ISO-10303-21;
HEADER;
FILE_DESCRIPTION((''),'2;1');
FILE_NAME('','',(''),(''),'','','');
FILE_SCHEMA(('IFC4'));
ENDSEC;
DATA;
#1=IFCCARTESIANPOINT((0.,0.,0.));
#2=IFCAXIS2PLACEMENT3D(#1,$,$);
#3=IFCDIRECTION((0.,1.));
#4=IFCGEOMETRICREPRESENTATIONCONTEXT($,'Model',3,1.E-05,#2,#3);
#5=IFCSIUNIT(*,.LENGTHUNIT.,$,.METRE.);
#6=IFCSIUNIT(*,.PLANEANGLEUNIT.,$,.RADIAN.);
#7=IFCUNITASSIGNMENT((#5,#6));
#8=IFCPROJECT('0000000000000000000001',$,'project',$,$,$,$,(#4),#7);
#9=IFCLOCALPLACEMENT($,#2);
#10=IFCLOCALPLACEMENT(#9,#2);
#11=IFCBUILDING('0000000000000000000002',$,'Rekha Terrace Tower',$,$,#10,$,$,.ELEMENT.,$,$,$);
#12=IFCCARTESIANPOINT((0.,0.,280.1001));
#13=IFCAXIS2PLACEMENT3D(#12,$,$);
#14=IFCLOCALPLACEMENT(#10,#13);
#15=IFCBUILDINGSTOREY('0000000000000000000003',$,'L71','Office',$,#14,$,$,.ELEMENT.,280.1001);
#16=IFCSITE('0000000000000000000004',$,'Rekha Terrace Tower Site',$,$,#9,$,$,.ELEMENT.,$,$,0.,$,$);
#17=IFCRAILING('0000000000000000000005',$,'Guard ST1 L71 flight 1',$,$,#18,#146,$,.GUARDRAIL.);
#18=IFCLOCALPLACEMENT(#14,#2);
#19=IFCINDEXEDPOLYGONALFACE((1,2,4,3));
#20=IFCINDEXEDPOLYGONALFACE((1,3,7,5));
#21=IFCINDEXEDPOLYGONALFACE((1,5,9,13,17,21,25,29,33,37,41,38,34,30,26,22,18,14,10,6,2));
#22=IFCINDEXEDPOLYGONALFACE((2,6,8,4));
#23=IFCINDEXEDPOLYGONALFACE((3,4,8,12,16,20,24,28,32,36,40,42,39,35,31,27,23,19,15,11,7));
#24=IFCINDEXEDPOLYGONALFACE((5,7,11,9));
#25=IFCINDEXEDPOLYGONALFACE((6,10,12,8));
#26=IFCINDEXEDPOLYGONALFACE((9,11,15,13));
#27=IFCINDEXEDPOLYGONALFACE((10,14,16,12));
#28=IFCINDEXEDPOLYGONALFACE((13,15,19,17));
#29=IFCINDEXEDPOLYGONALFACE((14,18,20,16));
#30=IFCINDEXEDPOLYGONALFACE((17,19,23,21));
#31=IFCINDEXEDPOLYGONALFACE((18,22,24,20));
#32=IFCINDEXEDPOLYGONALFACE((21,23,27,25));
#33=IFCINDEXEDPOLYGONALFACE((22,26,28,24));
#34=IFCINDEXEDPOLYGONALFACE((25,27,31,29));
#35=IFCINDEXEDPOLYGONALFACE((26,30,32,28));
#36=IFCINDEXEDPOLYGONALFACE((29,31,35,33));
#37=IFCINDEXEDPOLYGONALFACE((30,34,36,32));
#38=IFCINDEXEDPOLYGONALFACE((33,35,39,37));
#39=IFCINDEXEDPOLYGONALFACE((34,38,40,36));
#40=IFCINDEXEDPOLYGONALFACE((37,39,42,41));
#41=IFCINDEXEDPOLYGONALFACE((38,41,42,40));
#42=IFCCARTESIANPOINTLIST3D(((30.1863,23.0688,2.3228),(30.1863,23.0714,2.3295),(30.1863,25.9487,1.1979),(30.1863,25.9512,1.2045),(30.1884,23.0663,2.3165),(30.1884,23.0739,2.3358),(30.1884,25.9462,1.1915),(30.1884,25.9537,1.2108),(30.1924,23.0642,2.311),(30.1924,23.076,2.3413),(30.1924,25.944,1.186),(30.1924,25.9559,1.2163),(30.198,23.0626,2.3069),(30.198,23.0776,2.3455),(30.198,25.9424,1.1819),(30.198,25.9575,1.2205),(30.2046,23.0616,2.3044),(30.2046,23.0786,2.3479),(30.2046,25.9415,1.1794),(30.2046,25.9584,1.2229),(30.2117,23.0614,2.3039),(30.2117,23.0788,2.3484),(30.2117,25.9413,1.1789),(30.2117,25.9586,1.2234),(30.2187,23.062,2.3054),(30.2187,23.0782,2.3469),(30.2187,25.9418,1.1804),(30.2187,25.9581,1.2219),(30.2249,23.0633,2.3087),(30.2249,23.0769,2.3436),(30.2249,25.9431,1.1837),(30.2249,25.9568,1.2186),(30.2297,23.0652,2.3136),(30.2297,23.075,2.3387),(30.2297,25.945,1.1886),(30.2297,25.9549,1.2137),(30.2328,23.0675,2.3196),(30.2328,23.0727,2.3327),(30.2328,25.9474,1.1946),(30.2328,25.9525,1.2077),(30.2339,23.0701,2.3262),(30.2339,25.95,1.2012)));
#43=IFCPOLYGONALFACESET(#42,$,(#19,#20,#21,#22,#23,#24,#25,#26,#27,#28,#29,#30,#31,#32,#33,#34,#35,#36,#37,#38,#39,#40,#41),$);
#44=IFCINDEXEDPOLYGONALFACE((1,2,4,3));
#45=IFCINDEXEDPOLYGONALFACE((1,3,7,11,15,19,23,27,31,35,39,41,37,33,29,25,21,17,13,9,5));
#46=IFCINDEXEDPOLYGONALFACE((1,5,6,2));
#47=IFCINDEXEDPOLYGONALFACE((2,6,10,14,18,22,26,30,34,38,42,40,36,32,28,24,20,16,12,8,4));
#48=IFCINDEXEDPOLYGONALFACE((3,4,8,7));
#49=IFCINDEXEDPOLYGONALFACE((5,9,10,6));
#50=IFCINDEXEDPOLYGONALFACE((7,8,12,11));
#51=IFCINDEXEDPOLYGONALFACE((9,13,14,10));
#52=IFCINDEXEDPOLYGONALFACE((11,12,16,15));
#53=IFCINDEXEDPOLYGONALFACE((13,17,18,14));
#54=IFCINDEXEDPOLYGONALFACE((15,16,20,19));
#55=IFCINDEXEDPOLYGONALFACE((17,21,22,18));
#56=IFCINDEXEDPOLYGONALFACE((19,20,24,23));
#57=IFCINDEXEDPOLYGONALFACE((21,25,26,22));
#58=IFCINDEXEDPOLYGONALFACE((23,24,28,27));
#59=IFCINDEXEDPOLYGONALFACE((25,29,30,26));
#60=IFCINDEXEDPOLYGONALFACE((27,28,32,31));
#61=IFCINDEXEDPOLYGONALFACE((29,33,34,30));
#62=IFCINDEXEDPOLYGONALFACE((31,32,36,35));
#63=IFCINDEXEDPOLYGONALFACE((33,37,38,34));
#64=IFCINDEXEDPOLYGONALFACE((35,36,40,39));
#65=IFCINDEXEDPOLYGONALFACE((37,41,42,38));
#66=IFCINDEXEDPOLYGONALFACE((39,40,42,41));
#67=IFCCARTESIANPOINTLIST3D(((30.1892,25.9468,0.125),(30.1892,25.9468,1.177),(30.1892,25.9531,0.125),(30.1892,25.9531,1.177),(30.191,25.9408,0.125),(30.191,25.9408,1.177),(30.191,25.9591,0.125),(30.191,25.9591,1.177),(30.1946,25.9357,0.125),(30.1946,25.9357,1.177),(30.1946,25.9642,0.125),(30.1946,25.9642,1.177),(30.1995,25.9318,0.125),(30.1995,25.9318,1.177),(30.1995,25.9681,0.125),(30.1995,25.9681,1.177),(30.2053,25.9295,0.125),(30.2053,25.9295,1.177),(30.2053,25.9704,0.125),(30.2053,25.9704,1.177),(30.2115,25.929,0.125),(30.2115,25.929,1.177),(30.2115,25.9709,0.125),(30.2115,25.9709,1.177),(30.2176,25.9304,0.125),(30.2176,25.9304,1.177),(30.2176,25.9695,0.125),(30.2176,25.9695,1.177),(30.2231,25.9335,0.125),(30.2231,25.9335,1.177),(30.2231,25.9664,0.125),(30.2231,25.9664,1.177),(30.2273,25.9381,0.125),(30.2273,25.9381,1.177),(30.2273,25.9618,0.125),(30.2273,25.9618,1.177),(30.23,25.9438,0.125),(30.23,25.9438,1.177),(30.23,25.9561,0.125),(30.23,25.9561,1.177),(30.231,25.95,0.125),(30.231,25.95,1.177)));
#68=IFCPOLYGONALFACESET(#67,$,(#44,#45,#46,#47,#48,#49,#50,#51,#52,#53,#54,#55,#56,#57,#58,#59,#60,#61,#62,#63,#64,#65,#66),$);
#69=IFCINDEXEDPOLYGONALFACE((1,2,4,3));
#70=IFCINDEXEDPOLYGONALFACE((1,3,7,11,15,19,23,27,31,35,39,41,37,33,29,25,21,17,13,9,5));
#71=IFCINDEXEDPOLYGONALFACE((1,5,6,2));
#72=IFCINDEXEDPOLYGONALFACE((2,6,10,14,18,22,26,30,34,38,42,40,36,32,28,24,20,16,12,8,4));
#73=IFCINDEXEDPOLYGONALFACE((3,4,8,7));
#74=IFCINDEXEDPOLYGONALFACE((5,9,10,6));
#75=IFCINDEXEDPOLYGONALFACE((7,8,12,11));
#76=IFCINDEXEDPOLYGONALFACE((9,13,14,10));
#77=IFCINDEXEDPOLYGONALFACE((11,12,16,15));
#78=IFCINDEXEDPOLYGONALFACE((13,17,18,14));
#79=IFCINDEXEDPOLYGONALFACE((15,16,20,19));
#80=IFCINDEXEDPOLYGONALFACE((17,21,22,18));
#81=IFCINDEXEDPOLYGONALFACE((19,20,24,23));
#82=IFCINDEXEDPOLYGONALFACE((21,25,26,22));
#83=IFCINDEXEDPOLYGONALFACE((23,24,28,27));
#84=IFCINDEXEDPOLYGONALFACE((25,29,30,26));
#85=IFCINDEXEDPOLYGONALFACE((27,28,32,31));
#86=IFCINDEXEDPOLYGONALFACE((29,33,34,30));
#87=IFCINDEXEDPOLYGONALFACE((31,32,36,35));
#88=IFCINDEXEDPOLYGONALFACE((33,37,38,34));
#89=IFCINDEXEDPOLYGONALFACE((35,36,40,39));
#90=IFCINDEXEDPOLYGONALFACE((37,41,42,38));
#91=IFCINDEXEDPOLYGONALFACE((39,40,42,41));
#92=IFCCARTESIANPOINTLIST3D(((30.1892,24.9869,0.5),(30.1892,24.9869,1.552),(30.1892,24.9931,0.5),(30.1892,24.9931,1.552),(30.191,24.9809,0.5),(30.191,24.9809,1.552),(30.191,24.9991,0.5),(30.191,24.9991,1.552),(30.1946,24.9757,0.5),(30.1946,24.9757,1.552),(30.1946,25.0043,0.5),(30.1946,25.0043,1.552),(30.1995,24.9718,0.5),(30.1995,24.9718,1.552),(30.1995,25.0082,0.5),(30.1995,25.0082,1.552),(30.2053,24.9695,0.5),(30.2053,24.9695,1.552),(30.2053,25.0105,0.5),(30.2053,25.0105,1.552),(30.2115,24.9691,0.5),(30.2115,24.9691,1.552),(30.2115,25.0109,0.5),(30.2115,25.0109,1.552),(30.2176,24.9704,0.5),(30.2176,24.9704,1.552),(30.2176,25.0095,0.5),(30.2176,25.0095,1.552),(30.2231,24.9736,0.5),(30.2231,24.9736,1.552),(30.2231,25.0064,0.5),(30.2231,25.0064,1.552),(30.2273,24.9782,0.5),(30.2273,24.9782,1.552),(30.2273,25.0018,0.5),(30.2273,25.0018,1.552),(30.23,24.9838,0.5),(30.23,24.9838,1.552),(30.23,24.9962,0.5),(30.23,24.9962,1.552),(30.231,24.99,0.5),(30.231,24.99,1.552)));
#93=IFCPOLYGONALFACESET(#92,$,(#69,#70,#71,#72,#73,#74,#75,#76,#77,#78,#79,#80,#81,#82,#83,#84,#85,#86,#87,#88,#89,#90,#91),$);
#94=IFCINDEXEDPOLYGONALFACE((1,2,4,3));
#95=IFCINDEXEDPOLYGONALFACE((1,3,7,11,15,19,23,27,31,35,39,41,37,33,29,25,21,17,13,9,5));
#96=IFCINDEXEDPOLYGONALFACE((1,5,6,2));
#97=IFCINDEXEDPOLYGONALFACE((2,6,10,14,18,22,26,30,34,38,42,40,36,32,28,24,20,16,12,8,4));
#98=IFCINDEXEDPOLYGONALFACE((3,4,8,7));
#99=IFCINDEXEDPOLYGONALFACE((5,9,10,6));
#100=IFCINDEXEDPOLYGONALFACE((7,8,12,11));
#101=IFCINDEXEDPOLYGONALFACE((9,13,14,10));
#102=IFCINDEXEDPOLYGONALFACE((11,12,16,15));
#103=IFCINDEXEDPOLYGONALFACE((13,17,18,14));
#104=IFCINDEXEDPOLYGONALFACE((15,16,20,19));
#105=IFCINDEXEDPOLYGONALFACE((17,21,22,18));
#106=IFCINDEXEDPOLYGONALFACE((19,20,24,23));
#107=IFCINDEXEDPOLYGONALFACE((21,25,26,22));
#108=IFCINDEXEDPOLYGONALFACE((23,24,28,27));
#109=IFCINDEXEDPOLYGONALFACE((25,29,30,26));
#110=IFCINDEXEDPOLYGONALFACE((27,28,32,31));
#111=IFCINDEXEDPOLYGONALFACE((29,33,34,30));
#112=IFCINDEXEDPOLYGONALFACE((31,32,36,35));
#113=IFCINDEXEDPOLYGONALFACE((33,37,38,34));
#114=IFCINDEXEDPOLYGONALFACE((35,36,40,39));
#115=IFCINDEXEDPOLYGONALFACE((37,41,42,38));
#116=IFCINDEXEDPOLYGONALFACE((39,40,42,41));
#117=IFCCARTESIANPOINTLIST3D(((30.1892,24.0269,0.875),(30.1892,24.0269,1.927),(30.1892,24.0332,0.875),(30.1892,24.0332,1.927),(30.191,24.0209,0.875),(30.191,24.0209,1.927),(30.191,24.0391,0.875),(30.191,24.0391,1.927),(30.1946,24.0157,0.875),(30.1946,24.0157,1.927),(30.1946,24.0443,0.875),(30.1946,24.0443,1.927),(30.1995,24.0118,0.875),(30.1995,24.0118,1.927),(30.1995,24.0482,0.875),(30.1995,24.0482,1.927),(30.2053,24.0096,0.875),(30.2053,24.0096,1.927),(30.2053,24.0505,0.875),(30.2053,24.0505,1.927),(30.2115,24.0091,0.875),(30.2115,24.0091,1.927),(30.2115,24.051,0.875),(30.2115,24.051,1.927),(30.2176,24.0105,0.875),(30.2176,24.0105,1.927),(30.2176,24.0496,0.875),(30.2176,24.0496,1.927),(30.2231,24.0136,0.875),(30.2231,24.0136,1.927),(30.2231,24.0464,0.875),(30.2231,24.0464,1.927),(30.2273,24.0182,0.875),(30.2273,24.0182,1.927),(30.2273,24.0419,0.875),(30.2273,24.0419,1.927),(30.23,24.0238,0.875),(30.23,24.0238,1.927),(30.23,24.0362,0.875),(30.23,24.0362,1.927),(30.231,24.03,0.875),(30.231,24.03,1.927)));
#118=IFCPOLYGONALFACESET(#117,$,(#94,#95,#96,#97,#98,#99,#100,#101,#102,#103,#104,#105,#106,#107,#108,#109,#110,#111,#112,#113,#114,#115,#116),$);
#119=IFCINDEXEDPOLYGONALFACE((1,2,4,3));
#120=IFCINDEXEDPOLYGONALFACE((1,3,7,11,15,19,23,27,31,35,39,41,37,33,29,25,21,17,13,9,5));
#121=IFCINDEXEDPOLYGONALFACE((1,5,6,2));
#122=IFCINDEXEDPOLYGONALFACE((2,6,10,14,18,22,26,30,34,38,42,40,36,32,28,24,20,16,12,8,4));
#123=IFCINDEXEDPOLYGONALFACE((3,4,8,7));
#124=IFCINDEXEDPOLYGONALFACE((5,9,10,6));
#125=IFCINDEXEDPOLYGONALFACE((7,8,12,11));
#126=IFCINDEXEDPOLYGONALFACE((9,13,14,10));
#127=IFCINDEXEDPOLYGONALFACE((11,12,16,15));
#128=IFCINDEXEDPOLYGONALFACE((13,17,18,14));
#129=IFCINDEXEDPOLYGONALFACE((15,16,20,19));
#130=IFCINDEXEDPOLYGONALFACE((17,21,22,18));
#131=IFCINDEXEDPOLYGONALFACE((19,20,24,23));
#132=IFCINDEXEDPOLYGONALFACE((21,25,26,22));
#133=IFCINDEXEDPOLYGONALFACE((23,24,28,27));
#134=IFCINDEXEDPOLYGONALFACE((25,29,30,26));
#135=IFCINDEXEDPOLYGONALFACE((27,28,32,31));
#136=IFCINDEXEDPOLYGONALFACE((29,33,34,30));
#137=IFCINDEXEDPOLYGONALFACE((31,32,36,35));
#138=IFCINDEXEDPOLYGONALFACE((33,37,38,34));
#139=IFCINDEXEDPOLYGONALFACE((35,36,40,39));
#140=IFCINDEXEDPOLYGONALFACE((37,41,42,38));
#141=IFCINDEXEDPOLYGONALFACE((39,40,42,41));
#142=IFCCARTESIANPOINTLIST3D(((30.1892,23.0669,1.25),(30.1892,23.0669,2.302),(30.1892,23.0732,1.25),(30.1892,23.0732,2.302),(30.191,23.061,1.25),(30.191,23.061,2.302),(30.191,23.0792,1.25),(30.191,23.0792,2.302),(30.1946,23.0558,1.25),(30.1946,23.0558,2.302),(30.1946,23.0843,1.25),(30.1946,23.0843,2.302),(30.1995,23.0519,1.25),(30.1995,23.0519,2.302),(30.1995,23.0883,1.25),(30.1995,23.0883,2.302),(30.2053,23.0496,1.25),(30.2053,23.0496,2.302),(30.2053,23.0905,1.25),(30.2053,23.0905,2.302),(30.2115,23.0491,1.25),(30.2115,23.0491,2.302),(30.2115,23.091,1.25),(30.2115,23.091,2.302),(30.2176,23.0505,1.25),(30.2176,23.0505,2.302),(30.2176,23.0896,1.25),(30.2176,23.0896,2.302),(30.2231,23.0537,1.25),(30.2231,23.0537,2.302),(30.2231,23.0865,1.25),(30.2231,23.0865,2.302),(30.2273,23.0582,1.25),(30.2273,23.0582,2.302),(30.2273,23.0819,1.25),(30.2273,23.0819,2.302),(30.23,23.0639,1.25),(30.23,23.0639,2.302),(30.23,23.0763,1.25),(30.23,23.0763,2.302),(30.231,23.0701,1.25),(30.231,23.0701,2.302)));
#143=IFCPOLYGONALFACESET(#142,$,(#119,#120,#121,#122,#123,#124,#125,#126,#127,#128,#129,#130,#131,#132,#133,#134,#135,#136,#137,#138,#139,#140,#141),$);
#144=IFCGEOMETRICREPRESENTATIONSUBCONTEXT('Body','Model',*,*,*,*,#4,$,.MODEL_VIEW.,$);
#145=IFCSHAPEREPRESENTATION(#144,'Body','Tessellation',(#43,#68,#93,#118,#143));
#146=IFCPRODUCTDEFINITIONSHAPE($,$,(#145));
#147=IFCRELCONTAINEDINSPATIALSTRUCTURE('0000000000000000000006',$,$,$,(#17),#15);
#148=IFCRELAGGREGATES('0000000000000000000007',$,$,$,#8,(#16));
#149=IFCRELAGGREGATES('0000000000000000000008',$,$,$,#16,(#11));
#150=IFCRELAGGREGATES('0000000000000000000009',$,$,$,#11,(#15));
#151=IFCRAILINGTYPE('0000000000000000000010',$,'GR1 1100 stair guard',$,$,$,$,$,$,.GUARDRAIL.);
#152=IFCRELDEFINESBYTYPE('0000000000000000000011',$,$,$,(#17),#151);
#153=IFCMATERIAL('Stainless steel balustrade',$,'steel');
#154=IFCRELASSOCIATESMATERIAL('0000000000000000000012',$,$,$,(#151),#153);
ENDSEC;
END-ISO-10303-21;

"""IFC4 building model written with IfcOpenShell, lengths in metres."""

from ifc_helpers import new_model, si_unit, direction, frame, origin, origin_2d, place, context, subcontext, project, spatial, circle, extrude, material, type_object, element, save


model = new_model("IFC4")

# Units and contexts
model_context = context("Model", 3, precision=1e-05, world=origin(), true_north=direction((0.0, 1.0)))
body_context = subcontext(model_context, "Body", "Model", "MODEL_VIEW")
ifc_project = project(units=[si_unit("LENGTHUNIT", "METRE"), si_unit("PLANEANGLEUNIT", "RADIAN")], contexts=[model_context])

# Site, building, storey
site_placement = place(None, origin())
site = spatial("IfcSite", under=ifc_project, at=site_placement, Name="Rekha Terrace Tower Site", CompositionType="ELEMENT", RefElevation=0.0)
building_placement = place(site_placement, origin())
building = spatial("IfcBuilding", under=site, at=building_placement, Name="Rekha Terrace Tower", CompositionType="ELEMENT")
storey_placement = place(building_placement, frame((0.0, 0.0, 280.1001)))
storey = spatial("IfcBuildingStorey", under=building, at=storey_placement, Name="L71", Description="Office", CompositionType="ELEMENT", Elevation=280.1001)

# Railing
ifc_material_1 = material(Name="Stainless steel balustrade", Category="steel")
railing_type_1 = type_object("IfcRailingType", Name="GR1 1100 stair guard", PredefinedType="GUARDRAIL", material=ifc_material_1)
railing_1_placement = place(storey_placement, frame((30.21, 25.95, 0.125)))
element("IfcRailing", 1, at=railing_1_placement, inside=storey, type_object=railing_type_1, Name="Guard ST1 L71 flight 1", PredefinedType="GUARDRAIL", context=body_context, shape_type="SweptSolid", body=[
    extrude(circle(Radius=0.0239, at=origin_2d()), frame((0.0, 0.0, 1.0762), z_axis=(0.0, -0.931452, 0.363863), x_axis=(1.0, 0.0, 0.0)), (0.0, 0.0, 1.0), 3.0918),
    extrude(circle(Radius=0.021, at=origin_2d()), origin(), (0.0, 0.0, 1.0), 1.052),
    extrude(circle(Radius=0.021, at=origin_2d()), frame((0.0, -0.96, 0.375)), (0.0, 0.0, 1.0), 1.052),
    extrude(circle(Radius=0.021, at=origin_2d()), frame((0.0, -1.9199, 0.75)), (0.0, 0.0, 1.0), 1.052),
    extrude(circle(Radius=0.021, at=origin_2d()), frame((0.0, -2.8799, 1.125)), (0.0, 0.0, 1.0), 1.052),
])

save(model, "model.ifc")
